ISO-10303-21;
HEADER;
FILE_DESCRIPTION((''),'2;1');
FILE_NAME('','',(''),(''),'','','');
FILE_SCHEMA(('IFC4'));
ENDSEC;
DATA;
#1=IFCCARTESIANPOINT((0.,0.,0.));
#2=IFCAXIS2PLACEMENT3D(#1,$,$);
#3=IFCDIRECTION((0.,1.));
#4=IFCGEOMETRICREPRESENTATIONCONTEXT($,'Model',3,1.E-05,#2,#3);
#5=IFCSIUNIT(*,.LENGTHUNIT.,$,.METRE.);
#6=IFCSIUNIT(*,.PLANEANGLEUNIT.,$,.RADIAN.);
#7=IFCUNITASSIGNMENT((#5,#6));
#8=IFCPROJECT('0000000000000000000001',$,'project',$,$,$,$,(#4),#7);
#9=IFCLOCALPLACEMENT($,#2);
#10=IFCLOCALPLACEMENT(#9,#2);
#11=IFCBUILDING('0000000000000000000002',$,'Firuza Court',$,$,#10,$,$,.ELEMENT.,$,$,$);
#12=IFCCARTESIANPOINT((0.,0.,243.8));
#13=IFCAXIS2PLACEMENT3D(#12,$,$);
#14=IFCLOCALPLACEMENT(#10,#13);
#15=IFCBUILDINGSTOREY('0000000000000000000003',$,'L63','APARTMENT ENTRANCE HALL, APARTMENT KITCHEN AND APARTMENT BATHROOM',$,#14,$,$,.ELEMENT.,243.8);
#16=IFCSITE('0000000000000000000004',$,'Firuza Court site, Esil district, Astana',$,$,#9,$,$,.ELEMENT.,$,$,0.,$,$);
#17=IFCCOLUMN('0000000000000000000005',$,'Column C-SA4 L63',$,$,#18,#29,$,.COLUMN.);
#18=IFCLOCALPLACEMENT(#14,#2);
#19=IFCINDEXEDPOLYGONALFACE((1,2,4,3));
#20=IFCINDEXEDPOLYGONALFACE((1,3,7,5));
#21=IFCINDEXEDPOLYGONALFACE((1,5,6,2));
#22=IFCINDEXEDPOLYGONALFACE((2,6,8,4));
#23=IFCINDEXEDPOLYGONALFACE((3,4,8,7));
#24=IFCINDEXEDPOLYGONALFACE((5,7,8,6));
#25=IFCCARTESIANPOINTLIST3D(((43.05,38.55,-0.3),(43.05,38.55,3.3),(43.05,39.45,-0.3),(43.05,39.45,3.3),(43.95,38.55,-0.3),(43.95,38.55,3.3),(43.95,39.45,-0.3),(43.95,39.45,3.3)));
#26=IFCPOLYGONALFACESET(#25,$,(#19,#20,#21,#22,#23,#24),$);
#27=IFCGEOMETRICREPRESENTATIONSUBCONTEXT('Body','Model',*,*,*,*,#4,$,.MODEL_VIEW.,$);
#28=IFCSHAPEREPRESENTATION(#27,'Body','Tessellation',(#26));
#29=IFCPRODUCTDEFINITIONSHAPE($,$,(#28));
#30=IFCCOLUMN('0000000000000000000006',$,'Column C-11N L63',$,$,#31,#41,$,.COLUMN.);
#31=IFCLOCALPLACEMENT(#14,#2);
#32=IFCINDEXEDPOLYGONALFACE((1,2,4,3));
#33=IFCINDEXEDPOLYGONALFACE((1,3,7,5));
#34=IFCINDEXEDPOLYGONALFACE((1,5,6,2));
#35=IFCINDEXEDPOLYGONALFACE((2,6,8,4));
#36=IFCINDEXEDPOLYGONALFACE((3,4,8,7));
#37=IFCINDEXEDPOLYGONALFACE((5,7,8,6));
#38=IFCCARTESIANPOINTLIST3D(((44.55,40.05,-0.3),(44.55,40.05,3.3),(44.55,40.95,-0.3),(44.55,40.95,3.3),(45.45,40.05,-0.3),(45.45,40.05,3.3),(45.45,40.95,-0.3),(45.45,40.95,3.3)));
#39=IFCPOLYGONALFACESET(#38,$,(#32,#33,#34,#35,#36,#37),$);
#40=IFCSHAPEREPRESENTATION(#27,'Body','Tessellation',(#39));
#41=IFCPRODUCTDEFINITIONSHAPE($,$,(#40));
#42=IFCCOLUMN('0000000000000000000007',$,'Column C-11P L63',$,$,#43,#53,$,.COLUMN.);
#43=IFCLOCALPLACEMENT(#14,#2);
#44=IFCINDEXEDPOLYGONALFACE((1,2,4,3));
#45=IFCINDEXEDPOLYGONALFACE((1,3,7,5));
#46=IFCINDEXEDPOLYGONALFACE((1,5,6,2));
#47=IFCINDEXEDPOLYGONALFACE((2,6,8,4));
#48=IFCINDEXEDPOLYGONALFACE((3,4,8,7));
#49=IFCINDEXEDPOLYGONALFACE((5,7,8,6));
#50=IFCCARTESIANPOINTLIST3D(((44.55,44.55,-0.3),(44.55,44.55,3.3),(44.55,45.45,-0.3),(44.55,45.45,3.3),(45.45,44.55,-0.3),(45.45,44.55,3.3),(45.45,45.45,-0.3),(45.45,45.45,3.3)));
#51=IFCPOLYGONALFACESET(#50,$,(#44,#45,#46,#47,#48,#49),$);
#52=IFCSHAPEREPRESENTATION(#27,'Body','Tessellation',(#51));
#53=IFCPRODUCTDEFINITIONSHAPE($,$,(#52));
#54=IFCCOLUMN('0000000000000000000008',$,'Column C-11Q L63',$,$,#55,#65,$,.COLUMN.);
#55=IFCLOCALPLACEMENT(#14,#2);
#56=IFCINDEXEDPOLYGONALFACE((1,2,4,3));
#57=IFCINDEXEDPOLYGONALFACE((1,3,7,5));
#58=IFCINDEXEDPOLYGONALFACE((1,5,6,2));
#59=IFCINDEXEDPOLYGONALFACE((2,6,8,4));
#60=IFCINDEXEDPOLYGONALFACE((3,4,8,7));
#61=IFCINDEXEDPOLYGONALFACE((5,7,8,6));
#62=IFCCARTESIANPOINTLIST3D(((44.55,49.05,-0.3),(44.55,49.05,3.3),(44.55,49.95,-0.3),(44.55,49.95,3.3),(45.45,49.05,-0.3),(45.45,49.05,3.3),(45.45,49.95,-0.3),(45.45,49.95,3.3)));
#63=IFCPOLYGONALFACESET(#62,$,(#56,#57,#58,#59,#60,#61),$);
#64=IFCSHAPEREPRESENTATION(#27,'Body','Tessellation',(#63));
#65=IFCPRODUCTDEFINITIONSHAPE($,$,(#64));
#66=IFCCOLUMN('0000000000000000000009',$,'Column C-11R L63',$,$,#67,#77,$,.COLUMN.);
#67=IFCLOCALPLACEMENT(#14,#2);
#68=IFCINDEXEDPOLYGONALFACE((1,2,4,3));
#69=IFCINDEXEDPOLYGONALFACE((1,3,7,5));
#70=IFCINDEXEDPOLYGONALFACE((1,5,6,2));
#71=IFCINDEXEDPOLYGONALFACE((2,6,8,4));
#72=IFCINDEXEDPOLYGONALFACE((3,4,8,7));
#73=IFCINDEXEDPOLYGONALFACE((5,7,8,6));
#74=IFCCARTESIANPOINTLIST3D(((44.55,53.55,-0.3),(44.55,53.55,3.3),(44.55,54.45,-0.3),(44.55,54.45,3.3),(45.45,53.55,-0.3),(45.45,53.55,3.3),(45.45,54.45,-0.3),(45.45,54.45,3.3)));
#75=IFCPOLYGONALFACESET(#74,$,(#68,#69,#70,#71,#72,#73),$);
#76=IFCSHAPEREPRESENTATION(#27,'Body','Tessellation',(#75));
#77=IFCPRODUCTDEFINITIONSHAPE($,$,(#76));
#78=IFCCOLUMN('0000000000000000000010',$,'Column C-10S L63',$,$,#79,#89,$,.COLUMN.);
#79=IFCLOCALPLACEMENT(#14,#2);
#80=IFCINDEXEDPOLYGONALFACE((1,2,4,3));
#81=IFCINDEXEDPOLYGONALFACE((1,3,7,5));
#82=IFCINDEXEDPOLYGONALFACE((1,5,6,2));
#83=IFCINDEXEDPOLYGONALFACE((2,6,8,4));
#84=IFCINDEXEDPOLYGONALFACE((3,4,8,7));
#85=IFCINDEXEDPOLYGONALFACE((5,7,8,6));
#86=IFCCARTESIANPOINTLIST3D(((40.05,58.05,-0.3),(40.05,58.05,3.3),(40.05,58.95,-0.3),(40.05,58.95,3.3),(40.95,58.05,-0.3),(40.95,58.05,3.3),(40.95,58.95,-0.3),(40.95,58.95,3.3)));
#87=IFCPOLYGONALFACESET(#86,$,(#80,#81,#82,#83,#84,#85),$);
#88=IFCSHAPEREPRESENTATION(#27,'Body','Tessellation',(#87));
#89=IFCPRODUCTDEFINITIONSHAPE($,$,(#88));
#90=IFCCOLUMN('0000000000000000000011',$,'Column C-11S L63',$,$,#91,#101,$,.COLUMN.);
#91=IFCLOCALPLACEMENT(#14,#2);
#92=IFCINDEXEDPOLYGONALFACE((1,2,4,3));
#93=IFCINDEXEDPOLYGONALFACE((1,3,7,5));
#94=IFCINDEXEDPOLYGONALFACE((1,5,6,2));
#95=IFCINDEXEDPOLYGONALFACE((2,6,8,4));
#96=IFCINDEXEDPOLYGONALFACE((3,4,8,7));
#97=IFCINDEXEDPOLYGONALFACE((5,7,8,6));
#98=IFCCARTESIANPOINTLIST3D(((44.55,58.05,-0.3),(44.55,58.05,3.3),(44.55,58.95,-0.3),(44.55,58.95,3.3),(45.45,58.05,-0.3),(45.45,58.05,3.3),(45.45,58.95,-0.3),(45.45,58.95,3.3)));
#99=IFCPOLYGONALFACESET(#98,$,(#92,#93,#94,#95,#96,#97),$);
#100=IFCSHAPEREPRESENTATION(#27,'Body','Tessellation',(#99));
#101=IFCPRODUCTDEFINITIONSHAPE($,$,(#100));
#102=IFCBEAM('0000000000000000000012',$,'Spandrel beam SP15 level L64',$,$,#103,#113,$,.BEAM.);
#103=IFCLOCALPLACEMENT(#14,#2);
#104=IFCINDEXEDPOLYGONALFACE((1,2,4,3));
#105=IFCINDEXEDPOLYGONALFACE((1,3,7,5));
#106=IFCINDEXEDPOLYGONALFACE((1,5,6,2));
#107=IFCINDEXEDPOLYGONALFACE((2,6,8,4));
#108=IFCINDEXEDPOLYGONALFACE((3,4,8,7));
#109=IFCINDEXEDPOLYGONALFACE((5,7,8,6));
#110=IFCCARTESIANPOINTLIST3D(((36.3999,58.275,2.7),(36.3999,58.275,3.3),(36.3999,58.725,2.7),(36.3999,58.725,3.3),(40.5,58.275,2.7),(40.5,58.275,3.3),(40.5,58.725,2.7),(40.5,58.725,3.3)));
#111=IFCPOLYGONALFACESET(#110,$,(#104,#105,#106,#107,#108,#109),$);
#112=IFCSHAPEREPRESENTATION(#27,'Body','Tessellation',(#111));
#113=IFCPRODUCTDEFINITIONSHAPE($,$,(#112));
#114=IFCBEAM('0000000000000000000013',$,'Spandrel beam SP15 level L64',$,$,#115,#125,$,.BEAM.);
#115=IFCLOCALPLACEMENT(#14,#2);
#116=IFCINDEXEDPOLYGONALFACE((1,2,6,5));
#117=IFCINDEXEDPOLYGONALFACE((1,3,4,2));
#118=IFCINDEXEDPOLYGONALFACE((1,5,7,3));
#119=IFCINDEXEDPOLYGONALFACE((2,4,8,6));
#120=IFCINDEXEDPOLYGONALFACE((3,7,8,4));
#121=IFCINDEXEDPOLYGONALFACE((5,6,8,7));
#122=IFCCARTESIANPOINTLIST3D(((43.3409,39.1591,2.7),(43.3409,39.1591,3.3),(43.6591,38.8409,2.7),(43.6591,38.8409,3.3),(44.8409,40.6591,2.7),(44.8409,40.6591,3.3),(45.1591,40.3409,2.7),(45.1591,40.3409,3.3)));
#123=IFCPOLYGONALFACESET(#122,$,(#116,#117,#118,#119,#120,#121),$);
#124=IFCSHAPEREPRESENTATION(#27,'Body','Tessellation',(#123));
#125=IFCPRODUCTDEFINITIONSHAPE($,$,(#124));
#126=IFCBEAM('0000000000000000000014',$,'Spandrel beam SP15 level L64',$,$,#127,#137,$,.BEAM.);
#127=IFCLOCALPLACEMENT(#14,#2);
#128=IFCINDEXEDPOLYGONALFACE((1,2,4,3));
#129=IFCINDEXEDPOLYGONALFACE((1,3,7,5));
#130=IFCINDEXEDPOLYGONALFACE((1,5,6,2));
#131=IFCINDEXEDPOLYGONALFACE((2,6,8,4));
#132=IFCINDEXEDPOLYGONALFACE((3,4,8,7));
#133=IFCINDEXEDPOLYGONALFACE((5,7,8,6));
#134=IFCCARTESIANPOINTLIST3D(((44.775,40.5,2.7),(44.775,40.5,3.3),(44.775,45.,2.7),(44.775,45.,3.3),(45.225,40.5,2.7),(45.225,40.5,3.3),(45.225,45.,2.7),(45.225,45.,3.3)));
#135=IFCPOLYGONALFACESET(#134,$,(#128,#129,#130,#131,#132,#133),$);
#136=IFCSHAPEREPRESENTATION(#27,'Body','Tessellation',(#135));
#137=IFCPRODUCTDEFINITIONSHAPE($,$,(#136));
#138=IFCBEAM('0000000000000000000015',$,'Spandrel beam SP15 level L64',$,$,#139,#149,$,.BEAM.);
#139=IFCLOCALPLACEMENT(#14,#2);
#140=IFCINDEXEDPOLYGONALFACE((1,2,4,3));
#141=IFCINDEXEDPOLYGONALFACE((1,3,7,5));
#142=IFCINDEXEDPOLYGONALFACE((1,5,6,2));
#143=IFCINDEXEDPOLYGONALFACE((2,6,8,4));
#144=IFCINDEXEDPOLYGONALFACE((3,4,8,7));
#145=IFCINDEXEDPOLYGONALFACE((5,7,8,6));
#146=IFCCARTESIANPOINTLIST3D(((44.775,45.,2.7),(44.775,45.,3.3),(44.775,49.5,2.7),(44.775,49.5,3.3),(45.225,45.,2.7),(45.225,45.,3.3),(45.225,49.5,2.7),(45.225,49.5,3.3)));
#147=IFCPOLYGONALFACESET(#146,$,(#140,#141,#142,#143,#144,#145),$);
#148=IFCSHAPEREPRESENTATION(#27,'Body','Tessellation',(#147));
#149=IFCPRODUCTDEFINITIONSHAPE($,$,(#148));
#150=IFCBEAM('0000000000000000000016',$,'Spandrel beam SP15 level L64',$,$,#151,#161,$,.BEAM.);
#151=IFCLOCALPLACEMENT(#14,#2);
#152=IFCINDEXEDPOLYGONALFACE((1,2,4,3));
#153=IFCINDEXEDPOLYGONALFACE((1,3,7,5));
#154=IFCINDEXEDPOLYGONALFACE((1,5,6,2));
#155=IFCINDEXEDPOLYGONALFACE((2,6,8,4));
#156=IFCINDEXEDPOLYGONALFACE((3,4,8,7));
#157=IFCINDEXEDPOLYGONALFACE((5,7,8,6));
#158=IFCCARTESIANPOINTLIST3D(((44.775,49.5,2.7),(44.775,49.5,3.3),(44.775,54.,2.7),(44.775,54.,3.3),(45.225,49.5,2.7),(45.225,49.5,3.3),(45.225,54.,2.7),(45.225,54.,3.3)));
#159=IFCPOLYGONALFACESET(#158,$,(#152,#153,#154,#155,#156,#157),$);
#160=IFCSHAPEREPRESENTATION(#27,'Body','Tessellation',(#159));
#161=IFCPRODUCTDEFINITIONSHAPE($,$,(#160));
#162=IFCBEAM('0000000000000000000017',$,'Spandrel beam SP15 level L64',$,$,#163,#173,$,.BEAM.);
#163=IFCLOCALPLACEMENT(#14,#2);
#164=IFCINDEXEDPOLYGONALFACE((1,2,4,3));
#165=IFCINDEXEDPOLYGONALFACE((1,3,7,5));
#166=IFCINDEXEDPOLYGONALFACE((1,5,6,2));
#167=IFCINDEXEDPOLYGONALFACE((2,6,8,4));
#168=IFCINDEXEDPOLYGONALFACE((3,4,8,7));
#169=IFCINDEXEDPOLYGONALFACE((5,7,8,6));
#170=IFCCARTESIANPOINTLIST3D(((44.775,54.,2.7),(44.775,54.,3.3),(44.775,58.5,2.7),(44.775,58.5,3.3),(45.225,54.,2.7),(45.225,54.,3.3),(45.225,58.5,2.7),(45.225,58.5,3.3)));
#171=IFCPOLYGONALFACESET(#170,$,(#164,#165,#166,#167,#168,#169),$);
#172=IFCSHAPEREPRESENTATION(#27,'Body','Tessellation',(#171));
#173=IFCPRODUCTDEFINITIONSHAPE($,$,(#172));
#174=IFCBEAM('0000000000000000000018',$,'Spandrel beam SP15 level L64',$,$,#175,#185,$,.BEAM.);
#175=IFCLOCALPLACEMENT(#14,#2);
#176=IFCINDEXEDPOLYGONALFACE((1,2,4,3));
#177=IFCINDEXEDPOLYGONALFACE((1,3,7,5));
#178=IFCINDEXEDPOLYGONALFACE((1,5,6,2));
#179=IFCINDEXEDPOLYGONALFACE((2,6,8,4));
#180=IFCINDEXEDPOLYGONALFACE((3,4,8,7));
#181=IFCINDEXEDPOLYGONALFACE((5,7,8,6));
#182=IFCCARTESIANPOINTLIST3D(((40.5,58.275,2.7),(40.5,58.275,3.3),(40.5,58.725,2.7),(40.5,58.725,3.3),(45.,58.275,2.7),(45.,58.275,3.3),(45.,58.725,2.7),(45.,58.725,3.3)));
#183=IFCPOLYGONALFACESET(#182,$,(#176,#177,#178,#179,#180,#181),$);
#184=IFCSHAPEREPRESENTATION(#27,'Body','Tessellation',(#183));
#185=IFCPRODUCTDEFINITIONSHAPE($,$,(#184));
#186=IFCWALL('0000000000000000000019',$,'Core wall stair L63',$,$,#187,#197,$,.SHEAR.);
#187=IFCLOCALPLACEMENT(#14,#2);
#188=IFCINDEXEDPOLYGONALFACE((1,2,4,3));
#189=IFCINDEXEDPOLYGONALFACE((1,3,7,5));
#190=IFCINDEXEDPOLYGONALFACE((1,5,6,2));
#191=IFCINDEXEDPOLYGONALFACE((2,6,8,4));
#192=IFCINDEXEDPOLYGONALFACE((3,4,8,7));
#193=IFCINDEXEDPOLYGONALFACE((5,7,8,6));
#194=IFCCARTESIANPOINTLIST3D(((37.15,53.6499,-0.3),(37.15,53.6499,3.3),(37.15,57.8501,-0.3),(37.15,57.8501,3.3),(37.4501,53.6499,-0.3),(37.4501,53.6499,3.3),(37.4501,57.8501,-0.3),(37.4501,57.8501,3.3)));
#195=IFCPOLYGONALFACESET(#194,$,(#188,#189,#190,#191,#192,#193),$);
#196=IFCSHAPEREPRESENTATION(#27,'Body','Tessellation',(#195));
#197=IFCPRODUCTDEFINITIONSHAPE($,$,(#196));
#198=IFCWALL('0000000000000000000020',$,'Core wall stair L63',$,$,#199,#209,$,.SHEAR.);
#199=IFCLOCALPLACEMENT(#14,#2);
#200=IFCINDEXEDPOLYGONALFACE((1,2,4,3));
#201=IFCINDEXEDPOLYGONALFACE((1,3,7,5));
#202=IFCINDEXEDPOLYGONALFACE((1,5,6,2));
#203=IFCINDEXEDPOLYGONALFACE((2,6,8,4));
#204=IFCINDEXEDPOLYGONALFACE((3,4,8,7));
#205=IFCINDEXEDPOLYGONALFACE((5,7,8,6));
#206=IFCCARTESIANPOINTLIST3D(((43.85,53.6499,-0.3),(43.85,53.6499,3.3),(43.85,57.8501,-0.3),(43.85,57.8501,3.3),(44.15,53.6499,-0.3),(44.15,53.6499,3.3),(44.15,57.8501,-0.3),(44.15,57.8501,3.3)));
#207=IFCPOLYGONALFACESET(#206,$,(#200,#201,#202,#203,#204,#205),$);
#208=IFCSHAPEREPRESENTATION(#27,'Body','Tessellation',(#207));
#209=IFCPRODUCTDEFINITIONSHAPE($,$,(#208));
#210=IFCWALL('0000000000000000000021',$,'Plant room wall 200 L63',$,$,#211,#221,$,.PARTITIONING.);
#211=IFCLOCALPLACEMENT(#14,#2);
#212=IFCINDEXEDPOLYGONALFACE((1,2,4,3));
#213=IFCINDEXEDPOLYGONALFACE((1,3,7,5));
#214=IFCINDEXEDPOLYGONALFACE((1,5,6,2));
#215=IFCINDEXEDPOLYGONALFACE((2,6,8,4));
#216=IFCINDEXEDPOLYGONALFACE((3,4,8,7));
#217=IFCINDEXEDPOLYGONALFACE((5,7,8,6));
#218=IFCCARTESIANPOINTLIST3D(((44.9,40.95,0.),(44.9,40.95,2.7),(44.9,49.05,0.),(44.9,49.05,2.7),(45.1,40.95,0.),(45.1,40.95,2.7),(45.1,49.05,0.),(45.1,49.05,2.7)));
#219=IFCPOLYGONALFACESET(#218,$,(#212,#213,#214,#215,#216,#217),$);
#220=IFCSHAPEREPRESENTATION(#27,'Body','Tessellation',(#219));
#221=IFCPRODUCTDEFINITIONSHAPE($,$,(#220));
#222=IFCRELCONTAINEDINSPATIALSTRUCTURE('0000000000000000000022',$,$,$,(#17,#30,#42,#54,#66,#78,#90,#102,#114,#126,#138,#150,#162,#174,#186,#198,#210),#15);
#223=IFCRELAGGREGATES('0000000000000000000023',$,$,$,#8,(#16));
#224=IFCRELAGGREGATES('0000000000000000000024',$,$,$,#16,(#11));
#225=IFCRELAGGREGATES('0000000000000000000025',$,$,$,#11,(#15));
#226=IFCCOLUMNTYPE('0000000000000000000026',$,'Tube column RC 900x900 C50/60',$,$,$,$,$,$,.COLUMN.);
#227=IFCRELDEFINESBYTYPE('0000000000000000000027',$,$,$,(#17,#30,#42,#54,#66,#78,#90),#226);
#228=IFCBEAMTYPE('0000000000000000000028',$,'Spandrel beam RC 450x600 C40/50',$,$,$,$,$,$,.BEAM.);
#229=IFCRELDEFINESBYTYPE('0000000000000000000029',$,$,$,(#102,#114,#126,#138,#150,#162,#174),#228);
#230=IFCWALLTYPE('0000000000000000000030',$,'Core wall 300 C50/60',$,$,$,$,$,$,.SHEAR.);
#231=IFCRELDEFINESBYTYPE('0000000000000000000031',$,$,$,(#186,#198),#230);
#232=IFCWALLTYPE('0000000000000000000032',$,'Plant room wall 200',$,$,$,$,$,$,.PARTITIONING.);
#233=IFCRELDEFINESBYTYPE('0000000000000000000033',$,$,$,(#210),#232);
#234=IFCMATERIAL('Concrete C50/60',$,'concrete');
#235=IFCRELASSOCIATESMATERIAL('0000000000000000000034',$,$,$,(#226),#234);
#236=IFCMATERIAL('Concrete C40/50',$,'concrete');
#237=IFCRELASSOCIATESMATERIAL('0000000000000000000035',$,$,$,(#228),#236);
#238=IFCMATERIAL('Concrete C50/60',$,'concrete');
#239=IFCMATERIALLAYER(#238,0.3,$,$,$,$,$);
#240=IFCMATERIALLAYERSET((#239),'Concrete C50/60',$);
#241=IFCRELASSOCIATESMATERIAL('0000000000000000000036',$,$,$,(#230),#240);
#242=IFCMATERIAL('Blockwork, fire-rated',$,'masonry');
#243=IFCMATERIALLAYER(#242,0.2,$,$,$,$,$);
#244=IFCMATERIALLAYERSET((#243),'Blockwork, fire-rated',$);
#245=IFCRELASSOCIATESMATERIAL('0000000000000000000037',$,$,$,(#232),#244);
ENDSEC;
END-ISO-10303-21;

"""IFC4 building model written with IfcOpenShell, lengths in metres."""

from ifc_helpers import new_model, si_unit, direction, frame, frame_2d, origin, origin_2d, place, context, subcontext, project, spatial, rectangle, extrude, material, layer, layer_set, material_profile, profile_set, type_object, element, save


model = new_model("IFC4")

# Units and contexts
model_context = context("Model", 3, precision=1e-05, world=origin(), true_north=direction((0.0, 1.0)))
body_context = subcontext(model_context, "Body", "Model", "MODEL_VIEW")
ifc_project = project(units=[si_unit("LENGTHUNIT", "METRE"), si_unit("PLANEANGLEUNIT", "RADIAN")], contexts=[model_context])

# Site, building, storey
site_placement = place(None, origin())
site = spatial("IfcSite", under=ifc_project, at=site_placement, Name="Firuza Court site, Esil district, Astana", CompositionType="ELEMENT", RefElevation=0.0)
building_placement = place(site_placement, origin())
building = spatial("IfcBuilding", under=site, at=building_placement, Name="Firuza Court", CompositionType="ELEMENT")
storey_placement = place(building_placement, frame((0.0, 0.0, 243.8)))
storey = spatial("IfcBuildingStorey", under=building, at=storey_placement, Name="L63", Description="APARTMENT ENTRANCE HALL, APARTMENT KITCHEN AND APARTMENT BATHROOM", CompositionType="ELEMENT", Elevation=243.8)

# Columns
ifc_material_1 = material(Name="Concrete C50/60", Category="concrete")
ifc_material_profile_1 = material_profile(ifc_material_1, rectangle(XDim=0.8999, YDim=0.8999, at=origin_2d()), Name="RC 900x900")
ifc_profile_set_1 = profile_set([ifc_material_profile_1], Name="Concrete C50/60")
column_type = type_object("IfcColumnType", Name="Tube column RC 900x900 C50/60", PredefinedType="COLUMN", material=ifc_profile_set_1)
for number, where, z_axis, x_axis, name in (
    (1, (43.5, 39.0, -0.3), (0.0, 0.0, 1.0), (1.0, 0.0, 0.0), "Column C-SA4 L63"),
    (2, (45.0, 40.5, -0.3), (0.0, 0.0, 1.0), (1.0, 0.0, 0.0), "Column C-11N L63"),
    (3, (45.0, 45.0, -0.3), (0.0, 0.0, 1.0), (1.0, 0.0, 0.0), "Column C-11P L63"),
    (4, (45.0, 49.5, -0.3), (0.0, 0.0, 1.0), (1.0, 0.0, 0.0), "Column C-11Q L63"),
    (5, (45.0, 54.0, -0.3), (0.0, 0.0, 1.0), (1.0, 0.0, 0.0), "Column C-11R L63"),
    (6, (40.5, 58.5, -0.3), (0.0, 0.0, 1.0), (1.0, 0.0, 0.0), "Column C-10S L63"),
    (7, (45.0, 58.5, -0.3), (0.0, 0.0, 1.0), (1.0, 0.0, 0.0), "Column C-11S L63"),
):
    element("IfcColumn", number, at=place(storey_placement, frame(where, z_axis=z_axis, x_axis=x_axis)), inside=storey, type_object=column_type, Name=name, PredefinedType="COLUMN", context=body_context, shape_type="SweptSolid", body=[
        extrude(rectangle(XDim=0.8999, YDim=0.8999, at=origin_2d()), origin(), (0.0, 0.0, 1.0), 3.6001),
    ])

# Beams
ifc_material_2 = material(Name="Concrete C40/50", Category="concrete")
ifc_material_profile_2 = material_profile(ifc_material_2, rectangle(XDim=0.45, YDim=0.6001, at=origin_2d()), Name="RC 450x600")
ifc_profile_set_2 = profile_set([ifc_material_profile_2], Name="Concrete C40/50")
beam_type = type_object("IfcBeamType", Name="Spandrel beam RC 450x600 C40/50", PredefinedType="BEAM", material=ifc_profile_set_2)
beam_1_placement = place(storey_placement, frame((40.5, 58.5, 3.0), z_axis=(-1.0, 0.0, 0.0), x_axis=(0.0, -1.0, 0.0)))
element("IfcBeam", 8, at=beam_1_placement, inside=storey, type_object=beam_type, Name="Spandrel beam SP15 level L64", PredefinedType="BEAM", context=body_context, shape_type="SweptSolid", body=[
    extrude(rectangle(XDim=0.45, YDim=0.6001, at=origin_2d()), origin(), (0.0, 0.0, 1.0), 4.1001),
])
beam_2_placement = place(storey_placement, frame((43.5, 39.0, 3.0), z_axis=(0.707107, 0.707107, 0.0), x_axis=(-0.707107, 0.707107, 0.0)))
element("IfcBeam", 9, at=beam_2_placement, inside=storey, type_object=beam_type, Name="Spandrel beam SP15 level L64", PredefinedType="BEAM", context=body_context, shape_type="SweptSolid", body=[
    extrude(rectangle(XDim=0.45, YDim=0.6001, at=origin_2d()), origin(), (0.0, 0.0, 1.0), 2.1213),
])
for number, where, z_axis, x_axis, name in (
    (10, (45.0, 40.5, 3.0), (0.0, 1.0, 0.0), (-1.0, 0.0, 0.0), "Spandrel beam SP15 level L64"),
    (11, (45.0, 45.0, 3.0), (0.0, 1.0, 0.0), (-1.0, 0.0, 0.0), "Spandrel beam SP15 level L64"),
    (12, (45.0, 49.5, 3.0), (0.0, 1.0, 0.0), (-1.0, 0.0, 0.0), "Spandrel beam SP15 level L64"),
    (13, (45.0, 54.0, 3.0), (0.0, 1.0, 0.0), (-1.0, 0.0, 0.0), "Spandrel beam SP15 level L64"),
    (14, (45.0, 58.5, 3.0), (-1.0, 0.0, 0.0), (0.0, -1.0, 0.0), "Spandrel beam SP15 level L64"),
):
    element("IfcBeam", number, at=place(storey_placement, frame(where, z_axis=z_axis, x_axis=x_axis)), inside=storey, type_object=beam_type, Name=name, PredefinedType="BEAM", context=body_context, shape_type="SweptSolid", body=[
        extrude(rectangle(XDim=0.45, YDim=0.6001, at=origin_2d()), origin(), (0.0, 0.0, 1.0), 4.5),
    ])

# Walls
ifc_material_3 = material(Name="Concrete C50/60", Category="concrete")
ifc_layer_1 = layer(ifc_material_3, 0.3)
ifc_layer_set_1 = layer_set([ifc_layer_1], Name="Concrete C50/60")
wall_type_1 = type_object("IfcWallType", Name="Core wall 300 C50/60", PredefinedType="SHEAR", material=ifc_layer_set_1)
for number, where, z_axis, x_axis, name in (
    (15, (37.3, 53.6499, -0.3), (0.0, 0.0, 1.0), (0.0, 1.0, 0.0), "Core wall stair L63"),
    (16, (44.0, 53.6499, -0.3), (0.0, 0.0, 1.0), (0.0, 1.0, 0.0), "Core wall stair L63"),
):
    element("IfcWall", number, at=place(storey_placement, frame(where, z_axis=z_axis, x_axis=x_axis)), inside=storey, type_object=wall_type_1, Name=name, PredefinedType="SHEAR", context=body_context, shape_type="SweptSolid", body=[
        extrude(rectangle(XDim=4.2002, YDim=0.3, at=frame_2d((2.1001, 0.0))), origin(), (0.0, 0.0, 1.0), 3.6001),
    ])
ifc_material_4 = material(Name="Blockwork, fire-rated", Category="masonry")
ifc_layer_2 = layer(ifc_material_4, 0.2)
ifc_layer_set_2 = layer_set([ifc_layer_2], Name="Blockwork, fire-rated")
wall_type_2 = type_object("IfcWallType", Name="Plant room wall 200", PredefinedType="PARTITIONING", material=ifc_layer_set_2)
wall_1_placement = place(storey_placement, frame((45.0, 40.95, 0.0), z_axis=(0.0, 0.0, 1.0), x_axis=(0.0, 1.0, 0.0)))
element("IfcWall", 17, at=wall_1_placement, inside=storey, type_object=wall_type_2, Name="Plant room wall 200 L63", PredefinedType="PARTITIONING", context=body_context, shape_type="SweptSolid", body=[
    extrude(rectangle(XDim=8.1001, YDim=0.2, at=frame_2d((4.05, 0.0))), origin(), (0.0, 0.0, 1.0), 2.7),
])

save(model, "model.ifc")
